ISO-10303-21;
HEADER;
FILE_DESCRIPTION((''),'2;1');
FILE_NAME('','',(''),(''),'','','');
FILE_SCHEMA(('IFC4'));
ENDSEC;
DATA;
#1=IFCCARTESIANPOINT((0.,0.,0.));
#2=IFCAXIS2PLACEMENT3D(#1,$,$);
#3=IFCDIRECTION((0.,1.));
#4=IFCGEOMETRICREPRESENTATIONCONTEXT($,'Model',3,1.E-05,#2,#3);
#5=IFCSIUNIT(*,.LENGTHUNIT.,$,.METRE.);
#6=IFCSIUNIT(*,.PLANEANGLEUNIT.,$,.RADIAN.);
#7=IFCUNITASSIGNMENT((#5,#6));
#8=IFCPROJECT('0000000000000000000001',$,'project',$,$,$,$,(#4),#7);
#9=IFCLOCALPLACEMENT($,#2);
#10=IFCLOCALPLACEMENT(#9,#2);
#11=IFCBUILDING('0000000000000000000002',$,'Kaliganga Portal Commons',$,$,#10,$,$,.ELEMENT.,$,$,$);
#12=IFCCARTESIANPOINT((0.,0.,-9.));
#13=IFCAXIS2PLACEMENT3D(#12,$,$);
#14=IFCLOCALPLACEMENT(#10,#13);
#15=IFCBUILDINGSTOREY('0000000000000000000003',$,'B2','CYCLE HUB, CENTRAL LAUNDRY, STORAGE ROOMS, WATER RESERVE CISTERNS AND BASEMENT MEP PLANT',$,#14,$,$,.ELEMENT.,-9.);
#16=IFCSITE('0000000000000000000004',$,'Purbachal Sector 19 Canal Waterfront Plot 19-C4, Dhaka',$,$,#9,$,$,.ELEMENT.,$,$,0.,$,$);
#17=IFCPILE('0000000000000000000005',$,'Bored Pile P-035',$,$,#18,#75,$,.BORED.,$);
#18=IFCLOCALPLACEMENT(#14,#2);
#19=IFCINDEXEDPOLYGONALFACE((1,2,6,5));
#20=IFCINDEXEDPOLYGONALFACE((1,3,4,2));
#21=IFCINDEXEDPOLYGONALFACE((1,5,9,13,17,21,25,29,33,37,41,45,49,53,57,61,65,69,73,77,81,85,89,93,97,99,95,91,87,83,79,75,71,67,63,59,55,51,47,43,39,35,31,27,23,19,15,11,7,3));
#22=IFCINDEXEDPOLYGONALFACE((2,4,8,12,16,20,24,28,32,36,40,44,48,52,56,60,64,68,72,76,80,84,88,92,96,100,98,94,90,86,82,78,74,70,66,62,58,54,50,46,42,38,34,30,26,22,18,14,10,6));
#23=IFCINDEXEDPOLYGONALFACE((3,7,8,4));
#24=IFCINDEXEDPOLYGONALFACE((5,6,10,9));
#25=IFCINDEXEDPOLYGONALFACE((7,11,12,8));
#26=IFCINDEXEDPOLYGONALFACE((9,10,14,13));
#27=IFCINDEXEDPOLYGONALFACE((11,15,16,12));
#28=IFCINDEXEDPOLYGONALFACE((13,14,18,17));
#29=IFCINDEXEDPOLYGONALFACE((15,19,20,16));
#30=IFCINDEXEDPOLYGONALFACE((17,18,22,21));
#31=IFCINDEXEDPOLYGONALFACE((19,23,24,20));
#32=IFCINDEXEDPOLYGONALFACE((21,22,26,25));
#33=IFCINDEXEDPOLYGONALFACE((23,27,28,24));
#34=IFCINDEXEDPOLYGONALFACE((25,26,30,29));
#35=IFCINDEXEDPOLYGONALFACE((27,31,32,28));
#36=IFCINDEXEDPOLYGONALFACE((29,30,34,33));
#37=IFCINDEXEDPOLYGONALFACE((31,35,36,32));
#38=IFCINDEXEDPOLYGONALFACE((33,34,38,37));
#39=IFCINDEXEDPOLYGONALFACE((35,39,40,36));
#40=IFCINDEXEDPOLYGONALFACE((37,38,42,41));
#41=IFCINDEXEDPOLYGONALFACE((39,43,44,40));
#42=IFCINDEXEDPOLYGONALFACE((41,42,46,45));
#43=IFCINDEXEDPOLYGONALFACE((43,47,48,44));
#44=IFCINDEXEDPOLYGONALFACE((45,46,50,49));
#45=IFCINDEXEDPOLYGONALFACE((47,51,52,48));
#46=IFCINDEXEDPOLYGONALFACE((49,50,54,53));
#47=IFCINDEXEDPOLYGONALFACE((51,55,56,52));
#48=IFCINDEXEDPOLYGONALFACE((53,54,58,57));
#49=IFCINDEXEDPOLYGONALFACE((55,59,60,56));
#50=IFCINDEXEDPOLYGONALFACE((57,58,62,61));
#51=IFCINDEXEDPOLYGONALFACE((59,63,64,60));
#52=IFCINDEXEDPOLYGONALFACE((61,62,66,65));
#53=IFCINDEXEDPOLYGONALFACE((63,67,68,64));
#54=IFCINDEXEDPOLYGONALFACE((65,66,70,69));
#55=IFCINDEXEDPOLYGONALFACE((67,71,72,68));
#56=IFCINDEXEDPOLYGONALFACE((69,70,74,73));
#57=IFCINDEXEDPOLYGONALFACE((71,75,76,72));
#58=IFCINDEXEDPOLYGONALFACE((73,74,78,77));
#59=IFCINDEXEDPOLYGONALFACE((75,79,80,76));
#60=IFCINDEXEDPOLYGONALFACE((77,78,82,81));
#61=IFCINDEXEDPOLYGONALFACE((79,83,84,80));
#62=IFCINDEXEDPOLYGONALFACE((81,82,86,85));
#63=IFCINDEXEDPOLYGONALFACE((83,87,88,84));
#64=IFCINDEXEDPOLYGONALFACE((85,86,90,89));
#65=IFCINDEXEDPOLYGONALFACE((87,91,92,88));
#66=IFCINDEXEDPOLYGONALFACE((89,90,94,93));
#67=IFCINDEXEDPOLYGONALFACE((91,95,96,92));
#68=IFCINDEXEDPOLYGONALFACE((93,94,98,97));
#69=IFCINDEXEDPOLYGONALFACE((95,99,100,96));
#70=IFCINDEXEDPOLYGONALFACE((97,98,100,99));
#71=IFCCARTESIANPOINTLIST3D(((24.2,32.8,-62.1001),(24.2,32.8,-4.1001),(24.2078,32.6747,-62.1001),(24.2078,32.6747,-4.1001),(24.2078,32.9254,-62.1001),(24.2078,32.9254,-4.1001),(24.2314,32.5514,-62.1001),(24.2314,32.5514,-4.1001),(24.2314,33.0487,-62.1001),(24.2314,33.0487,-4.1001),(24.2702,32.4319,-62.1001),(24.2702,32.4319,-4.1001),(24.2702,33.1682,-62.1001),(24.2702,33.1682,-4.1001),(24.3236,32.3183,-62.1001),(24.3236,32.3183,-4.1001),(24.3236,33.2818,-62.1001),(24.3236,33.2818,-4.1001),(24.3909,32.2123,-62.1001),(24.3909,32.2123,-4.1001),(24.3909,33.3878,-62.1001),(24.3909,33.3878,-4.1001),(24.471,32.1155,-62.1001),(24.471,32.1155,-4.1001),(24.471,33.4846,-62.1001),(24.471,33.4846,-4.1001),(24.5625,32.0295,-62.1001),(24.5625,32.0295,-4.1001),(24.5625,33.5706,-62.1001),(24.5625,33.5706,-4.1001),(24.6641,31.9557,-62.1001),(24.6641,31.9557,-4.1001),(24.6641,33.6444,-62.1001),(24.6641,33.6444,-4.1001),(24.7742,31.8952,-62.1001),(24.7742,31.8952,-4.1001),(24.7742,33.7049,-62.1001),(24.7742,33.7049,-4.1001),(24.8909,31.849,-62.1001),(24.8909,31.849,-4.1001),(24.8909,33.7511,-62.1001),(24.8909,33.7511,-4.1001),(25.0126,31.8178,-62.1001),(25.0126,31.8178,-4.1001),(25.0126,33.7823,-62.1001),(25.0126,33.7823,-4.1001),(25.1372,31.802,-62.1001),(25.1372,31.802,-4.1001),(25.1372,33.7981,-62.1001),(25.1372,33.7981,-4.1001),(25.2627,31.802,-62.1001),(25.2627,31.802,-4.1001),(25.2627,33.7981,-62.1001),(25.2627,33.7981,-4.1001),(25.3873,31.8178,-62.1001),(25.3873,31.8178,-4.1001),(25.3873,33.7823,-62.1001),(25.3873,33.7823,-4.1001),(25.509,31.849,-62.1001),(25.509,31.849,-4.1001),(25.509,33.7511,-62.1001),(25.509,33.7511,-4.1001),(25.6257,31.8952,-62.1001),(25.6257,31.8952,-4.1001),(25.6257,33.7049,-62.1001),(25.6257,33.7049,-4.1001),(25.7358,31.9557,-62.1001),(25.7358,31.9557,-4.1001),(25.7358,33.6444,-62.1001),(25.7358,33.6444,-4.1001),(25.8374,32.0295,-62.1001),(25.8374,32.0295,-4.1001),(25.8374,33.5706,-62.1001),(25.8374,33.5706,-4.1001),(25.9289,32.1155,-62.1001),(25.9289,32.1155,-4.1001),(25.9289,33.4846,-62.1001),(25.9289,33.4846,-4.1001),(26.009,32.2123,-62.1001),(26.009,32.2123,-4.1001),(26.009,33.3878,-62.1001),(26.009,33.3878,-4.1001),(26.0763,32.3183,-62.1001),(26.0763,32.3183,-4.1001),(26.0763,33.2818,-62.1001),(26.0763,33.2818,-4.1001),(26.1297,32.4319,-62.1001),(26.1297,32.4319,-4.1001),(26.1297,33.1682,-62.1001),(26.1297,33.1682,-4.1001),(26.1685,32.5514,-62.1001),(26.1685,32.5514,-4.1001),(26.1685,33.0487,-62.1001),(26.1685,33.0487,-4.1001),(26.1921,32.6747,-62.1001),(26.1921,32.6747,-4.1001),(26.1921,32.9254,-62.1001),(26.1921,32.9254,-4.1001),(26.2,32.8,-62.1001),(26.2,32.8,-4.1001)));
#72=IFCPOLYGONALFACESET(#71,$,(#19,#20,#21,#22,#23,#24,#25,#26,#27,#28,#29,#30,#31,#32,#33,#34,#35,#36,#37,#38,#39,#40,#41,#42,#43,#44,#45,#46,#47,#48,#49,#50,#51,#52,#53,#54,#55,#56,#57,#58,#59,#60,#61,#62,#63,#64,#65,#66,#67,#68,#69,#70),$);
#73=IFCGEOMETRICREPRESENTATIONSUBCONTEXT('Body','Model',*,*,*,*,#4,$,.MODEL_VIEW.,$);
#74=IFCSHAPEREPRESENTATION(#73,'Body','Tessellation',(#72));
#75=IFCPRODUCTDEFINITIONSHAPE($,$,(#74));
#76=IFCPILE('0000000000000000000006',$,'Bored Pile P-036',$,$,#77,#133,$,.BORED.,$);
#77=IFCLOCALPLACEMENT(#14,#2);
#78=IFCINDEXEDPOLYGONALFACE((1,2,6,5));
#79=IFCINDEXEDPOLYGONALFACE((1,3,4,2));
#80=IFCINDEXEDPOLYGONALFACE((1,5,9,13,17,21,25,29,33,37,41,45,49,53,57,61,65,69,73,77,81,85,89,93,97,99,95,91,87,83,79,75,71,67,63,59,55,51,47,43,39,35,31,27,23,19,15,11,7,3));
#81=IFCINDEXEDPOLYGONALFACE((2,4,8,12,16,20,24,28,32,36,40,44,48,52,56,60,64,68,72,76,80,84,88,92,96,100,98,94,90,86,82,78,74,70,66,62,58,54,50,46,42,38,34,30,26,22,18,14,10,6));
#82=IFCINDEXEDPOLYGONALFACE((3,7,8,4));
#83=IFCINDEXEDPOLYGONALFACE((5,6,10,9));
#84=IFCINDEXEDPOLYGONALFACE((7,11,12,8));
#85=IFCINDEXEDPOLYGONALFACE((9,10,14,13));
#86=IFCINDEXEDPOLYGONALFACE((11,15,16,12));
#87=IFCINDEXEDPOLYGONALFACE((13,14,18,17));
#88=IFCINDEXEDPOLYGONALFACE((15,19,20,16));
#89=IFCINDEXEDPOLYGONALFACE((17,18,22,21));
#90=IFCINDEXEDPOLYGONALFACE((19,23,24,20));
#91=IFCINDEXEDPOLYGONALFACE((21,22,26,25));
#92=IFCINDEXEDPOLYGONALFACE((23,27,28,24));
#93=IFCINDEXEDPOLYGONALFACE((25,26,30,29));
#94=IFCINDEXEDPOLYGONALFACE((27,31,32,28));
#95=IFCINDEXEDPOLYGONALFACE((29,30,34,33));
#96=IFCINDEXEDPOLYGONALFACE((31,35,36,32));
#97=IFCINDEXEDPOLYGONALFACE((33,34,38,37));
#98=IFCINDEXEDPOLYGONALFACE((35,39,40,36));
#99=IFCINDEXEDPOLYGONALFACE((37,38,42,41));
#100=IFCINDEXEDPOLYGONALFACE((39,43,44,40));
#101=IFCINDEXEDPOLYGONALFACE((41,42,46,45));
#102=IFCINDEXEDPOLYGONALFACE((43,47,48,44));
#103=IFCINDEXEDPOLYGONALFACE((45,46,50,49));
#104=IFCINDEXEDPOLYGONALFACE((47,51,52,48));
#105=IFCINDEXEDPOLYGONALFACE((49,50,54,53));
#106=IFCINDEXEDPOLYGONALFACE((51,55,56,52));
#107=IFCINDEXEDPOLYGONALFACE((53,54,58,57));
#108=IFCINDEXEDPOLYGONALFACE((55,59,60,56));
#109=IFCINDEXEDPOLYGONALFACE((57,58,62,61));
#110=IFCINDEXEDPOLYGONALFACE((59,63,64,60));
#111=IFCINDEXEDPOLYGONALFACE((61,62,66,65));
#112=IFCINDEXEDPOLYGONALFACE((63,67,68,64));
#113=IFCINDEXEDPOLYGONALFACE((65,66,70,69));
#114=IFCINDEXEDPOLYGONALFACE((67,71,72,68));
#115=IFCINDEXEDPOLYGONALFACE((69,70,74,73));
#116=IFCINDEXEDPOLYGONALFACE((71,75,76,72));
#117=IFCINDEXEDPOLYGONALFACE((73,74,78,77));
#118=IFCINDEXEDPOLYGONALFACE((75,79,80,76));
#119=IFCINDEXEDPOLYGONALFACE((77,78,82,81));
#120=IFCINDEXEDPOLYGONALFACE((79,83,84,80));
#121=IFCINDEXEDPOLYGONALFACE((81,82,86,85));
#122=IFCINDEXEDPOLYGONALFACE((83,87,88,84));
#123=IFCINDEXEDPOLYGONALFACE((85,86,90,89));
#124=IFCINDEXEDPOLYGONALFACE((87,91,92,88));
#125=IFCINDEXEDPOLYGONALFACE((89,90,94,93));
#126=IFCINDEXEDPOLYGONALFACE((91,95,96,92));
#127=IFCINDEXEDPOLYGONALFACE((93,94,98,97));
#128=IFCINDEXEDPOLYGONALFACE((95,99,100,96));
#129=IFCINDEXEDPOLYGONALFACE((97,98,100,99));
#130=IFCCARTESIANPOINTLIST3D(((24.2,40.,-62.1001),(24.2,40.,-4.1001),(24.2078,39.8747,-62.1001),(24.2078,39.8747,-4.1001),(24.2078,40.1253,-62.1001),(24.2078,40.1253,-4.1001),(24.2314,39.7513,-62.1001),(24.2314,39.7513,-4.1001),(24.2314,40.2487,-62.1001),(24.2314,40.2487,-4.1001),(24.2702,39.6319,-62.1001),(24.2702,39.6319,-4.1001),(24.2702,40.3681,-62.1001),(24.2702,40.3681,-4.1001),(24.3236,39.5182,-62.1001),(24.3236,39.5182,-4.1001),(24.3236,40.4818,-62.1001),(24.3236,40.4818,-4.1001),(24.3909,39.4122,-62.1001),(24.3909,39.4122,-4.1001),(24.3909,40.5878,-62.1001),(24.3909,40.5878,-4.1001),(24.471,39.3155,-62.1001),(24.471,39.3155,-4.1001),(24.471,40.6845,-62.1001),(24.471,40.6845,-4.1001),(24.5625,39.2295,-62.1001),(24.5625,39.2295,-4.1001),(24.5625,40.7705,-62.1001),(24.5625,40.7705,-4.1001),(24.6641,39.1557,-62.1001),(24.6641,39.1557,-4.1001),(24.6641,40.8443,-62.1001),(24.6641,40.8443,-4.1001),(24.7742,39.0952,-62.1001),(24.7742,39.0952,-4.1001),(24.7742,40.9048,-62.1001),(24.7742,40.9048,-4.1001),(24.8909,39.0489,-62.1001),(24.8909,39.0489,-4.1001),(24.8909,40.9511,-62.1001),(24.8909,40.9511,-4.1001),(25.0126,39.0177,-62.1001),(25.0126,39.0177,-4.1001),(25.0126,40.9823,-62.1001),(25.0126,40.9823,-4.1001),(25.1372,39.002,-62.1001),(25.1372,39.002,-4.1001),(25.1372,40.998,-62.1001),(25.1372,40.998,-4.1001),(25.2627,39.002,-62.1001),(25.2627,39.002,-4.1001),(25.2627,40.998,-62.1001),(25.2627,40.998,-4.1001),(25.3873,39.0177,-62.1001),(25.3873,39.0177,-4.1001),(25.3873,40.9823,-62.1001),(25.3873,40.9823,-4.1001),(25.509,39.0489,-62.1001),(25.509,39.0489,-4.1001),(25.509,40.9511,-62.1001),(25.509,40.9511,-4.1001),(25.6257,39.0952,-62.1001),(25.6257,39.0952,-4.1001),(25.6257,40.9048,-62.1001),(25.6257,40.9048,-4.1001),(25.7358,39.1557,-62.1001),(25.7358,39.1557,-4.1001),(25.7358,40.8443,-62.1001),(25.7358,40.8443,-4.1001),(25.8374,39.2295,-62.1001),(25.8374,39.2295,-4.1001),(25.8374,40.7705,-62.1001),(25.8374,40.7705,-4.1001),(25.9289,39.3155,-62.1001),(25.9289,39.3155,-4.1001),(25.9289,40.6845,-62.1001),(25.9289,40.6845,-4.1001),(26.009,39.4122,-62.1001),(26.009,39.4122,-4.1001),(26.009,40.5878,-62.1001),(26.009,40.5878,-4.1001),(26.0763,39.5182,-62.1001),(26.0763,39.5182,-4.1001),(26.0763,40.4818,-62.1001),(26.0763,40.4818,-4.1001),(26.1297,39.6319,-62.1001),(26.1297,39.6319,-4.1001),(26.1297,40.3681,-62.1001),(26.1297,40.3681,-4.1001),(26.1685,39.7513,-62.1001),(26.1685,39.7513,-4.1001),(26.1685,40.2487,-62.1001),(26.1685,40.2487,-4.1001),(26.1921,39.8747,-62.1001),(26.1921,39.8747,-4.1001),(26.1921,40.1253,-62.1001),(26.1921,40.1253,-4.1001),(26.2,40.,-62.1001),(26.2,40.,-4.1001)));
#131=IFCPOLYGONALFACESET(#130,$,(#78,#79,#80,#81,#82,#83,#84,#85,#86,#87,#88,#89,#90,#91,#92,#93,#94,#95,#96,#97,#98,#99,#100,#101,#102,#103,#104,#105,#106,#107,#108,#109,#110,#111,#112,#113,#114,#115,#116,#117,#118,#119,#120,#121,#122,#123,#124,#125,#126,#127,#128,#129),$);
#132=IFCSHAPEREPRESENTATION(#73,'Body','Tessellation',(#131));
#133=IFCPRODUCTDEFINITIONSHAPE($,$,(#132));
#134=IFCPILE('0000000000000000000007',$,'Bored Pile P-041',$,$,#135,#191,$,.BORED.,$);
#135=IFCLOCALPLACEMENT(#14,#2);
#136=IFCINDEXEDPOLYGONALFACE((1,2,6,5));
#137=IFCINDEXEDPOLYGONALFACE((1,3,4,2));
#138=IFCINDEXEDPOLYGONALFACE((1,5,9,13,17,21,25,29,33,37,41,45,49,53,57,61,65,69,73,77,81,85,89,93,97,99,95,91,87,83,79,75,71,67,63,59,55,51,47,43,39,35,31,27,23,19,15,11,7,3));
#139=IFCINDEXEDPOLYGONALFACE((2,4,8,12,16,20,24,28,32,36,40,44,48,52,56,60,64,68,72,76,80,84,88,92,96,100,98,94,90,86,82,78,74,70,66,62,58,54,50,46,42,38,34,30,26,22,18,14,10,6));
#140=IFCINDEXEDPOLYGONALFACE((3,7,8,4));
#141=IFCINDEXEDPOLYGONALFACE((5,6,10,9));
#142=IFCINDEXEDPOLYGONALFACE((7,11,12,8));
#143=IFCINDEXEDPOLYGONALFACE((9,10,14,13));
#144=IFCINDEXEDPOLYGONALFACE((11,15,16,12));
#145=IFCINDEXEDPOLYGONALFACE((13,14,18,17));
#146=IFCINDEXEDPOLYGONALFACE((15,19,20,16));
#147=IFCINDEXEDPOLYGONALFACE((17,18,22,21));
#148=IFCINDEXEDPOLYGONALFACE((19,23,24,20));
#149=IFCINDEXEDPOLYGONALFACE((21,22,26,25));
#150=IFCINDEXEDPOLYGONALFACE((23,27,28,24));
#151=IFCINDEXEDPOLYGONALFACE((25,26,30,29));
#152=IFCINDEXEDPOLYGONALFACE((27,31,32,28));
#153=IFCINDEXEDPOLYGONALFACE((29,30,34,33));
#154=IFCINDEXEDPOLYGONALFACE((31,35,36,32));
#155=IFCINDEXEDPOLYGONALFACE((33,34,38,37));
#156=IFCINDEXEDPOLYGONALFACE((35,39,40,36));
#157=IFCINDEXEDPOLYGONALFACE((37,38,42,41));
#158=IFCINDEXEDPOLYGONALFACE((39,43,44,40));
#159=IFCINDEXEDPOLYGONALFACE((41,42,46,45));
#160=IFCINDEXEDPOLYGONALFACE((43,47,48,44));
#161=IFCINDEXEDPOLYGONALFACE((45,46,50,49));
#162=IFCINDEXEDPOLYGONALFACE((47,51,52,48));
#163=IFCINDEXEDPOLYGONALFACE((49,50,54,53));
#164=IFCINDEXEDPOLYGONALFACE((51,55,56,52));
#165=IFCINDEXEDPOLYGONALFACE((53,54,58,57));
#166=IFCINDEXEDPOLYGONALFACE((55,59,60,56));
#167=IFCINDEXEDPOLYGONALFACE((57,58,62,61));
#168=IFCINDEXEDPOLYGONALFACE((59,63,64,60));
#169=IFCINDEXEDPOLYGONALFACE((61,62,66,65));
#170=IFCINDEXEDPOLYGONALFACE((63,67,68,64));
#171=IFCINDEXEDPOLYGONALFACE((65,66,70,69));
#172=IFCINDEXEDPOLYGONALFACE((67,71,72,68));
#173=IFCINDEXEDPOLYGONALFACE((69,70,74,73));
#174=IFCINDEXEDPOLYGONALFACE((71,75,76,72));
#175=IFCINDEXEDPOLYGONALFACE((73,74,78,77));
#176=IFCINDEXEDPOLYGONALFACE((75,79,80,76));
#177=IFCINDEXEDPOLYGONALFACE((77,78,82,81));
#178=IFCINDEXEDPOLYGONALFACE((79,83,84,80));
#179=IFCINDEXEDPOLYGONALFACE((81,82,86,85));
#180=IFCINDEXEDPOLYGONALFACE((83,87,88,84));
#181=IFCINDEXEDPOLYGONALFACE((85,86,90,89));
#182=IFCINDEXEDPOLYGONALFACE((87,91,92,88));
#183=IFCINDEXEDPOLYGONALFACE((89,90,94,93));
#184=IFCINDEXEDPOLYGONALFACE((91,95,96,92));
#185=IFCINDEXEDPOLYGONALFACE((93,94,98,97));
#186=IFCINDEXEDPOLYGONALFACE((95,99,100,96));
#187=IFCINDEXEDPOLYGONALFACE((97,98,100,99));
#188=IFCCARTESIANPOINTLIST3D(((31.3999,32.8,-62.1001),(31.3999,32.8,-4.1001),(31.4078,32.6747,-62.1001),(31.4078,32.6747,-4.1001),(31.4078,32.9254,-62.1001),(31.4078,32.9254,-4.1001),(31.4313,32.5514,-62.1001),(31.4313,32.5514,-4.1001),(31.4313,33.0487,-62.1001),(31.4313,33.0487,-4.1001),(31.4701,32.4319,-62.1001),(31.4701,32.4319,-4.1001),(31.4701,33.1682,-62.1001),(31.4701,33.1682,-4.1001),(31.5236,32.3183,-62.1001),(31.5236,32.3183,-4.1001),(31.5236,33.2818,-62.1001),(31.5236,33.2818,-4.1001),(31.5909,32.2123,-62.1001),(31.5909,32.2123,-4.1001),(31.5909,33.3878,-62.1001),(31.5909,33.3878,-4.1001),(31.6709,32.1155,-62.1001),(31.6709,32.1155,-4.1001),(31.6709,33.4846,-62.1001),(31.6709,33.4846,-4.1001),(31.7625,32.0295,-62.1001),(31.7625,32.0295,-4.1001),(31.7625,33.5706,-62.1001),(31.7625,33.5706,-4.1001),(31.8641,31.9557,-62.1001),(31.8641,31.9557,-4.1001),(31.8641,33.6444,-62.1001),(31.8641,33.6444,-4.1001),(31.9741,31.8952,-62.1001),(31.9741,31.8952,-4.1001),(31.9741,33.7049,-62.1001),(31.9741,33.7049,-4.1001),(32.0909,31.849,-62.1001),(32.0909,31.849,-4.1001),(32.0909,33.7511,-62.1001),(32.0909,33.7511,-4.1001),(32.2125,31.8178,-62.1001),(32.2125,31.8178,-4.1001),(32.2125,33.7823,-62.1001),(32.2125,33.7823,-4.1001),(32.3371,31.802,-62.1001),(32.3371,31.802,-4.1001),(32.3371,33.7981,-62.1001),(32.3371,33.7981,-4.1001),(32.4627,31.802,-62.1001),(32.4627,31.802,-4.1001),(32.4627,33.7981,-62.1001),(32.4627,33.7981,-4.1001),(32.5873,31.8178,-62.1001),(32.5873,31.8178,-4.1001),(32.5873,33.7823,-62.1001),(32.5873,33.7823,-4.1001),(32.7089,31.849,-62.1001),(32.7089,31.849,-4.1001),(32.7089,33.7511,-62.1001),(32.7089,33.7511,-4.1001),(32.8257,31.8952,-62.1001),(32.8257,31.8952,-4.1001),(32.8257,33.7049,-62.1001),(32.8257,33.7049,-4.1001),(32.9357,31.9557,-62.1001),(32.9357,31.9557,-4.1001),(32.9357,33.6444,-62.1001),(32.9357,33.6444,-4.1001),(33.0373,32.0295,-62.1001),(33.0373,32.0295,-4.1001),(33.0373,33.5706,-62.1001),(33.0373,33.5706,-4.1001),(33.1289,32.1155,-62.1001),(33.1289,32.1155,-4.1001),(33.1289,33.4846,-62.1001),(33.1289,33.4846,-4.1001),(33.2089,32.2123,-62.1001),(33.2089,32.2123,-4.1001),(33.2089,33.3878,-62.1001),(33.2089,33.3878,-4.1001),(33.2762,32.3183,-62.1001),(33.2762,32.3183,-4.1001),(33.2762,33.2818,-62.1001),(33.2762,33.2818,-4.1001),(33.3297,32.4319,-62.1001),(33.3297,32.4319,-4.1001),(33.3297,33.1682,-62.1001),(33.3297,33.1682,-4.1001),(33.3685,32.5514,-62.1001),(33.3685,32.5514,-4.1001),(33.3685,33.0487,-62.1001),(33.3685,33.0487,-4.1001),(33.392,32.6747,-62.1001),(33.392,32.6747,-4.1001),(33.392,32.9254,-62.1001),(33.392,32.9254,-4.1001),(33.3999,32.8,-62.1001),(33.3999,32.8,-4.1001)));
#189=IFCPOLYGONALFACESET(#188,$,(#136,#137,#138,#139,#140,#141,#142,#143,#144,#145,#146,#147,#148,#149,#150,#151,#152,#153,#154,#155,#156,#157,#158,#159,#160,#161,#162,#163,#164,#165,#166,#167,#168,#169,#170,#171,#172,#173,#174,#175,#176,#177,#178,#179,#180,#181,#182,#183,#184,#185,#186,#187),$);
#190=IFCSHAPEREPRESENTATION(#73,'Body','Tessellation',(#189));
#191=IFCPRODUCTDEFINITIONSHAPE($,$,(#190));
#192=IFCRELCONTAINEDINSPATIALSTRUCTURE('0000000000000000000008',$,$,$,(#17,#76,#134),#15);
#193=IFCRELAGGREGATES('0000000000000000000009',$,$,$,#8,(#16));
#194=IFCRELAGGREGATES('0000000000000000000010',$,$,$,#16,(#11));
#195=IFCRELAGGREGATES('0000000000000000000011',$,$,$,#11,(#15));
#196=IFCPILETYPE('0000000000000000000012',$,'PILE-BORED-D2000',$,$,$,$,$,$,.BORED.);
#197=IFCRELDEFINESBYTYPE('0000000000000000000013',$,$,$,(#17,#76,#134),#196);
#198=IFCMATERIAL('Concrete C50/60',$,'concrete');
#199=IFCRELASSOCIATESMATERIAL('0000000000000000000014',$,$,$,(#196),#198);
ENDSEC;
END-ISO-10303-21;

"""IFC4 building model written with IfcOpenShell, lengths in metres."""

from ifc_helpers import new_model, si_unit, direction, frame, origin, origin_2d, place, context, subcontext, project, spatial, circle, extrude, material, material_profile, profile_set, type_object, element, save


model = new_model("IFC4")

# Units and contexts
model_context = context("Model", 3, precision=1e-05, world=origin(), true_north=direction((0.0, 1.0)))
body_context = subcontext(model_context, "Body", "Model", "MODEL_VIEW")
ifc_project = project(units=[si_unit("LENGTHUNIT", "METRE"), si_unit("PLANEANGLEUNIT", "RADIAN")], contexts=[model_context])

# Site, building, storey
site_placement = place(None, origin())
site = spatial("IfcSite", under=ifc_project, at=site_placement, Name="Purbachal Sector 19 Canal Waterfront Plot 19-C4, Dhaka", CompositionType="ELEMENT", RefElevation=0.0)
building_placement = place(site_placement, origin())
building = spatial("IfcBuilding", under=site, at=building_placement, Name="Kaliganga Portal Commons", CompositionType="ELEMENT")
storey_placement = place(building_placement, frame((0.0, 0.0, -9.0)))
storey = spatial("IfcBuildingStorey", under=building, at=storey_placement, Name="B2", Description="CYCLE HUB, CENTRAL LAUNDRY, STORAGE ROOMS, WATER RESERVE CISTERNS AND BASEMENT MEP PLANT", CompositionType="ELEMENT", Elevation=-9.0)

# Piles
ifc_material_1 = material(Name="Concrete C50/60", Category="concrete")
ifc_material_profile_1 = material_profile(ifc_material_1, circle(Radius=1.0, at=origin_2d()), Name="PILE D2000")
ifc_profile_set_1 = profile_set([ifc_material_profile_1], Name="Concrete C50/60")
pile_type = type_object("IfcPileType", Name="PILE-BORED-D2000", PredefinedType="BORED", material=ifc_profile_set_1)
for number, where, z_axis, x_axis, name in (
    (1, (25.2, 32.8, -4.1001), (0.0, 0.0, -1.0), (1.0, 0.0, 0.0), "Bored Pile P-035"),
    (2, (25.2, 40.0, -4.1001), (0.0, 0.0, -1.0), (1.0, 0.0, 0.0), "Bored Pile P-036"),
    (3, (32.3999, 32.8, -4.1001), (0.0, 0.0, -1.0), (1.0, 0.0, 0.0), "Bored Pile P-041"),
):
    element("IfcPile", number, at=place(storey_placement, frame(where, z_axis=z_axis, x_axis=x_axis)), inside=storey, type_object=pile_type, Name=name, PredefinedType="BORED", context=body_context, shape_type="SweptSolid", body=[
        extrude(circle(Radius=1.0, at=origin_2d()), origin(), (0.0, 0.0, 1.0), 58.0),
    ])

save(model, "model.ifc")
